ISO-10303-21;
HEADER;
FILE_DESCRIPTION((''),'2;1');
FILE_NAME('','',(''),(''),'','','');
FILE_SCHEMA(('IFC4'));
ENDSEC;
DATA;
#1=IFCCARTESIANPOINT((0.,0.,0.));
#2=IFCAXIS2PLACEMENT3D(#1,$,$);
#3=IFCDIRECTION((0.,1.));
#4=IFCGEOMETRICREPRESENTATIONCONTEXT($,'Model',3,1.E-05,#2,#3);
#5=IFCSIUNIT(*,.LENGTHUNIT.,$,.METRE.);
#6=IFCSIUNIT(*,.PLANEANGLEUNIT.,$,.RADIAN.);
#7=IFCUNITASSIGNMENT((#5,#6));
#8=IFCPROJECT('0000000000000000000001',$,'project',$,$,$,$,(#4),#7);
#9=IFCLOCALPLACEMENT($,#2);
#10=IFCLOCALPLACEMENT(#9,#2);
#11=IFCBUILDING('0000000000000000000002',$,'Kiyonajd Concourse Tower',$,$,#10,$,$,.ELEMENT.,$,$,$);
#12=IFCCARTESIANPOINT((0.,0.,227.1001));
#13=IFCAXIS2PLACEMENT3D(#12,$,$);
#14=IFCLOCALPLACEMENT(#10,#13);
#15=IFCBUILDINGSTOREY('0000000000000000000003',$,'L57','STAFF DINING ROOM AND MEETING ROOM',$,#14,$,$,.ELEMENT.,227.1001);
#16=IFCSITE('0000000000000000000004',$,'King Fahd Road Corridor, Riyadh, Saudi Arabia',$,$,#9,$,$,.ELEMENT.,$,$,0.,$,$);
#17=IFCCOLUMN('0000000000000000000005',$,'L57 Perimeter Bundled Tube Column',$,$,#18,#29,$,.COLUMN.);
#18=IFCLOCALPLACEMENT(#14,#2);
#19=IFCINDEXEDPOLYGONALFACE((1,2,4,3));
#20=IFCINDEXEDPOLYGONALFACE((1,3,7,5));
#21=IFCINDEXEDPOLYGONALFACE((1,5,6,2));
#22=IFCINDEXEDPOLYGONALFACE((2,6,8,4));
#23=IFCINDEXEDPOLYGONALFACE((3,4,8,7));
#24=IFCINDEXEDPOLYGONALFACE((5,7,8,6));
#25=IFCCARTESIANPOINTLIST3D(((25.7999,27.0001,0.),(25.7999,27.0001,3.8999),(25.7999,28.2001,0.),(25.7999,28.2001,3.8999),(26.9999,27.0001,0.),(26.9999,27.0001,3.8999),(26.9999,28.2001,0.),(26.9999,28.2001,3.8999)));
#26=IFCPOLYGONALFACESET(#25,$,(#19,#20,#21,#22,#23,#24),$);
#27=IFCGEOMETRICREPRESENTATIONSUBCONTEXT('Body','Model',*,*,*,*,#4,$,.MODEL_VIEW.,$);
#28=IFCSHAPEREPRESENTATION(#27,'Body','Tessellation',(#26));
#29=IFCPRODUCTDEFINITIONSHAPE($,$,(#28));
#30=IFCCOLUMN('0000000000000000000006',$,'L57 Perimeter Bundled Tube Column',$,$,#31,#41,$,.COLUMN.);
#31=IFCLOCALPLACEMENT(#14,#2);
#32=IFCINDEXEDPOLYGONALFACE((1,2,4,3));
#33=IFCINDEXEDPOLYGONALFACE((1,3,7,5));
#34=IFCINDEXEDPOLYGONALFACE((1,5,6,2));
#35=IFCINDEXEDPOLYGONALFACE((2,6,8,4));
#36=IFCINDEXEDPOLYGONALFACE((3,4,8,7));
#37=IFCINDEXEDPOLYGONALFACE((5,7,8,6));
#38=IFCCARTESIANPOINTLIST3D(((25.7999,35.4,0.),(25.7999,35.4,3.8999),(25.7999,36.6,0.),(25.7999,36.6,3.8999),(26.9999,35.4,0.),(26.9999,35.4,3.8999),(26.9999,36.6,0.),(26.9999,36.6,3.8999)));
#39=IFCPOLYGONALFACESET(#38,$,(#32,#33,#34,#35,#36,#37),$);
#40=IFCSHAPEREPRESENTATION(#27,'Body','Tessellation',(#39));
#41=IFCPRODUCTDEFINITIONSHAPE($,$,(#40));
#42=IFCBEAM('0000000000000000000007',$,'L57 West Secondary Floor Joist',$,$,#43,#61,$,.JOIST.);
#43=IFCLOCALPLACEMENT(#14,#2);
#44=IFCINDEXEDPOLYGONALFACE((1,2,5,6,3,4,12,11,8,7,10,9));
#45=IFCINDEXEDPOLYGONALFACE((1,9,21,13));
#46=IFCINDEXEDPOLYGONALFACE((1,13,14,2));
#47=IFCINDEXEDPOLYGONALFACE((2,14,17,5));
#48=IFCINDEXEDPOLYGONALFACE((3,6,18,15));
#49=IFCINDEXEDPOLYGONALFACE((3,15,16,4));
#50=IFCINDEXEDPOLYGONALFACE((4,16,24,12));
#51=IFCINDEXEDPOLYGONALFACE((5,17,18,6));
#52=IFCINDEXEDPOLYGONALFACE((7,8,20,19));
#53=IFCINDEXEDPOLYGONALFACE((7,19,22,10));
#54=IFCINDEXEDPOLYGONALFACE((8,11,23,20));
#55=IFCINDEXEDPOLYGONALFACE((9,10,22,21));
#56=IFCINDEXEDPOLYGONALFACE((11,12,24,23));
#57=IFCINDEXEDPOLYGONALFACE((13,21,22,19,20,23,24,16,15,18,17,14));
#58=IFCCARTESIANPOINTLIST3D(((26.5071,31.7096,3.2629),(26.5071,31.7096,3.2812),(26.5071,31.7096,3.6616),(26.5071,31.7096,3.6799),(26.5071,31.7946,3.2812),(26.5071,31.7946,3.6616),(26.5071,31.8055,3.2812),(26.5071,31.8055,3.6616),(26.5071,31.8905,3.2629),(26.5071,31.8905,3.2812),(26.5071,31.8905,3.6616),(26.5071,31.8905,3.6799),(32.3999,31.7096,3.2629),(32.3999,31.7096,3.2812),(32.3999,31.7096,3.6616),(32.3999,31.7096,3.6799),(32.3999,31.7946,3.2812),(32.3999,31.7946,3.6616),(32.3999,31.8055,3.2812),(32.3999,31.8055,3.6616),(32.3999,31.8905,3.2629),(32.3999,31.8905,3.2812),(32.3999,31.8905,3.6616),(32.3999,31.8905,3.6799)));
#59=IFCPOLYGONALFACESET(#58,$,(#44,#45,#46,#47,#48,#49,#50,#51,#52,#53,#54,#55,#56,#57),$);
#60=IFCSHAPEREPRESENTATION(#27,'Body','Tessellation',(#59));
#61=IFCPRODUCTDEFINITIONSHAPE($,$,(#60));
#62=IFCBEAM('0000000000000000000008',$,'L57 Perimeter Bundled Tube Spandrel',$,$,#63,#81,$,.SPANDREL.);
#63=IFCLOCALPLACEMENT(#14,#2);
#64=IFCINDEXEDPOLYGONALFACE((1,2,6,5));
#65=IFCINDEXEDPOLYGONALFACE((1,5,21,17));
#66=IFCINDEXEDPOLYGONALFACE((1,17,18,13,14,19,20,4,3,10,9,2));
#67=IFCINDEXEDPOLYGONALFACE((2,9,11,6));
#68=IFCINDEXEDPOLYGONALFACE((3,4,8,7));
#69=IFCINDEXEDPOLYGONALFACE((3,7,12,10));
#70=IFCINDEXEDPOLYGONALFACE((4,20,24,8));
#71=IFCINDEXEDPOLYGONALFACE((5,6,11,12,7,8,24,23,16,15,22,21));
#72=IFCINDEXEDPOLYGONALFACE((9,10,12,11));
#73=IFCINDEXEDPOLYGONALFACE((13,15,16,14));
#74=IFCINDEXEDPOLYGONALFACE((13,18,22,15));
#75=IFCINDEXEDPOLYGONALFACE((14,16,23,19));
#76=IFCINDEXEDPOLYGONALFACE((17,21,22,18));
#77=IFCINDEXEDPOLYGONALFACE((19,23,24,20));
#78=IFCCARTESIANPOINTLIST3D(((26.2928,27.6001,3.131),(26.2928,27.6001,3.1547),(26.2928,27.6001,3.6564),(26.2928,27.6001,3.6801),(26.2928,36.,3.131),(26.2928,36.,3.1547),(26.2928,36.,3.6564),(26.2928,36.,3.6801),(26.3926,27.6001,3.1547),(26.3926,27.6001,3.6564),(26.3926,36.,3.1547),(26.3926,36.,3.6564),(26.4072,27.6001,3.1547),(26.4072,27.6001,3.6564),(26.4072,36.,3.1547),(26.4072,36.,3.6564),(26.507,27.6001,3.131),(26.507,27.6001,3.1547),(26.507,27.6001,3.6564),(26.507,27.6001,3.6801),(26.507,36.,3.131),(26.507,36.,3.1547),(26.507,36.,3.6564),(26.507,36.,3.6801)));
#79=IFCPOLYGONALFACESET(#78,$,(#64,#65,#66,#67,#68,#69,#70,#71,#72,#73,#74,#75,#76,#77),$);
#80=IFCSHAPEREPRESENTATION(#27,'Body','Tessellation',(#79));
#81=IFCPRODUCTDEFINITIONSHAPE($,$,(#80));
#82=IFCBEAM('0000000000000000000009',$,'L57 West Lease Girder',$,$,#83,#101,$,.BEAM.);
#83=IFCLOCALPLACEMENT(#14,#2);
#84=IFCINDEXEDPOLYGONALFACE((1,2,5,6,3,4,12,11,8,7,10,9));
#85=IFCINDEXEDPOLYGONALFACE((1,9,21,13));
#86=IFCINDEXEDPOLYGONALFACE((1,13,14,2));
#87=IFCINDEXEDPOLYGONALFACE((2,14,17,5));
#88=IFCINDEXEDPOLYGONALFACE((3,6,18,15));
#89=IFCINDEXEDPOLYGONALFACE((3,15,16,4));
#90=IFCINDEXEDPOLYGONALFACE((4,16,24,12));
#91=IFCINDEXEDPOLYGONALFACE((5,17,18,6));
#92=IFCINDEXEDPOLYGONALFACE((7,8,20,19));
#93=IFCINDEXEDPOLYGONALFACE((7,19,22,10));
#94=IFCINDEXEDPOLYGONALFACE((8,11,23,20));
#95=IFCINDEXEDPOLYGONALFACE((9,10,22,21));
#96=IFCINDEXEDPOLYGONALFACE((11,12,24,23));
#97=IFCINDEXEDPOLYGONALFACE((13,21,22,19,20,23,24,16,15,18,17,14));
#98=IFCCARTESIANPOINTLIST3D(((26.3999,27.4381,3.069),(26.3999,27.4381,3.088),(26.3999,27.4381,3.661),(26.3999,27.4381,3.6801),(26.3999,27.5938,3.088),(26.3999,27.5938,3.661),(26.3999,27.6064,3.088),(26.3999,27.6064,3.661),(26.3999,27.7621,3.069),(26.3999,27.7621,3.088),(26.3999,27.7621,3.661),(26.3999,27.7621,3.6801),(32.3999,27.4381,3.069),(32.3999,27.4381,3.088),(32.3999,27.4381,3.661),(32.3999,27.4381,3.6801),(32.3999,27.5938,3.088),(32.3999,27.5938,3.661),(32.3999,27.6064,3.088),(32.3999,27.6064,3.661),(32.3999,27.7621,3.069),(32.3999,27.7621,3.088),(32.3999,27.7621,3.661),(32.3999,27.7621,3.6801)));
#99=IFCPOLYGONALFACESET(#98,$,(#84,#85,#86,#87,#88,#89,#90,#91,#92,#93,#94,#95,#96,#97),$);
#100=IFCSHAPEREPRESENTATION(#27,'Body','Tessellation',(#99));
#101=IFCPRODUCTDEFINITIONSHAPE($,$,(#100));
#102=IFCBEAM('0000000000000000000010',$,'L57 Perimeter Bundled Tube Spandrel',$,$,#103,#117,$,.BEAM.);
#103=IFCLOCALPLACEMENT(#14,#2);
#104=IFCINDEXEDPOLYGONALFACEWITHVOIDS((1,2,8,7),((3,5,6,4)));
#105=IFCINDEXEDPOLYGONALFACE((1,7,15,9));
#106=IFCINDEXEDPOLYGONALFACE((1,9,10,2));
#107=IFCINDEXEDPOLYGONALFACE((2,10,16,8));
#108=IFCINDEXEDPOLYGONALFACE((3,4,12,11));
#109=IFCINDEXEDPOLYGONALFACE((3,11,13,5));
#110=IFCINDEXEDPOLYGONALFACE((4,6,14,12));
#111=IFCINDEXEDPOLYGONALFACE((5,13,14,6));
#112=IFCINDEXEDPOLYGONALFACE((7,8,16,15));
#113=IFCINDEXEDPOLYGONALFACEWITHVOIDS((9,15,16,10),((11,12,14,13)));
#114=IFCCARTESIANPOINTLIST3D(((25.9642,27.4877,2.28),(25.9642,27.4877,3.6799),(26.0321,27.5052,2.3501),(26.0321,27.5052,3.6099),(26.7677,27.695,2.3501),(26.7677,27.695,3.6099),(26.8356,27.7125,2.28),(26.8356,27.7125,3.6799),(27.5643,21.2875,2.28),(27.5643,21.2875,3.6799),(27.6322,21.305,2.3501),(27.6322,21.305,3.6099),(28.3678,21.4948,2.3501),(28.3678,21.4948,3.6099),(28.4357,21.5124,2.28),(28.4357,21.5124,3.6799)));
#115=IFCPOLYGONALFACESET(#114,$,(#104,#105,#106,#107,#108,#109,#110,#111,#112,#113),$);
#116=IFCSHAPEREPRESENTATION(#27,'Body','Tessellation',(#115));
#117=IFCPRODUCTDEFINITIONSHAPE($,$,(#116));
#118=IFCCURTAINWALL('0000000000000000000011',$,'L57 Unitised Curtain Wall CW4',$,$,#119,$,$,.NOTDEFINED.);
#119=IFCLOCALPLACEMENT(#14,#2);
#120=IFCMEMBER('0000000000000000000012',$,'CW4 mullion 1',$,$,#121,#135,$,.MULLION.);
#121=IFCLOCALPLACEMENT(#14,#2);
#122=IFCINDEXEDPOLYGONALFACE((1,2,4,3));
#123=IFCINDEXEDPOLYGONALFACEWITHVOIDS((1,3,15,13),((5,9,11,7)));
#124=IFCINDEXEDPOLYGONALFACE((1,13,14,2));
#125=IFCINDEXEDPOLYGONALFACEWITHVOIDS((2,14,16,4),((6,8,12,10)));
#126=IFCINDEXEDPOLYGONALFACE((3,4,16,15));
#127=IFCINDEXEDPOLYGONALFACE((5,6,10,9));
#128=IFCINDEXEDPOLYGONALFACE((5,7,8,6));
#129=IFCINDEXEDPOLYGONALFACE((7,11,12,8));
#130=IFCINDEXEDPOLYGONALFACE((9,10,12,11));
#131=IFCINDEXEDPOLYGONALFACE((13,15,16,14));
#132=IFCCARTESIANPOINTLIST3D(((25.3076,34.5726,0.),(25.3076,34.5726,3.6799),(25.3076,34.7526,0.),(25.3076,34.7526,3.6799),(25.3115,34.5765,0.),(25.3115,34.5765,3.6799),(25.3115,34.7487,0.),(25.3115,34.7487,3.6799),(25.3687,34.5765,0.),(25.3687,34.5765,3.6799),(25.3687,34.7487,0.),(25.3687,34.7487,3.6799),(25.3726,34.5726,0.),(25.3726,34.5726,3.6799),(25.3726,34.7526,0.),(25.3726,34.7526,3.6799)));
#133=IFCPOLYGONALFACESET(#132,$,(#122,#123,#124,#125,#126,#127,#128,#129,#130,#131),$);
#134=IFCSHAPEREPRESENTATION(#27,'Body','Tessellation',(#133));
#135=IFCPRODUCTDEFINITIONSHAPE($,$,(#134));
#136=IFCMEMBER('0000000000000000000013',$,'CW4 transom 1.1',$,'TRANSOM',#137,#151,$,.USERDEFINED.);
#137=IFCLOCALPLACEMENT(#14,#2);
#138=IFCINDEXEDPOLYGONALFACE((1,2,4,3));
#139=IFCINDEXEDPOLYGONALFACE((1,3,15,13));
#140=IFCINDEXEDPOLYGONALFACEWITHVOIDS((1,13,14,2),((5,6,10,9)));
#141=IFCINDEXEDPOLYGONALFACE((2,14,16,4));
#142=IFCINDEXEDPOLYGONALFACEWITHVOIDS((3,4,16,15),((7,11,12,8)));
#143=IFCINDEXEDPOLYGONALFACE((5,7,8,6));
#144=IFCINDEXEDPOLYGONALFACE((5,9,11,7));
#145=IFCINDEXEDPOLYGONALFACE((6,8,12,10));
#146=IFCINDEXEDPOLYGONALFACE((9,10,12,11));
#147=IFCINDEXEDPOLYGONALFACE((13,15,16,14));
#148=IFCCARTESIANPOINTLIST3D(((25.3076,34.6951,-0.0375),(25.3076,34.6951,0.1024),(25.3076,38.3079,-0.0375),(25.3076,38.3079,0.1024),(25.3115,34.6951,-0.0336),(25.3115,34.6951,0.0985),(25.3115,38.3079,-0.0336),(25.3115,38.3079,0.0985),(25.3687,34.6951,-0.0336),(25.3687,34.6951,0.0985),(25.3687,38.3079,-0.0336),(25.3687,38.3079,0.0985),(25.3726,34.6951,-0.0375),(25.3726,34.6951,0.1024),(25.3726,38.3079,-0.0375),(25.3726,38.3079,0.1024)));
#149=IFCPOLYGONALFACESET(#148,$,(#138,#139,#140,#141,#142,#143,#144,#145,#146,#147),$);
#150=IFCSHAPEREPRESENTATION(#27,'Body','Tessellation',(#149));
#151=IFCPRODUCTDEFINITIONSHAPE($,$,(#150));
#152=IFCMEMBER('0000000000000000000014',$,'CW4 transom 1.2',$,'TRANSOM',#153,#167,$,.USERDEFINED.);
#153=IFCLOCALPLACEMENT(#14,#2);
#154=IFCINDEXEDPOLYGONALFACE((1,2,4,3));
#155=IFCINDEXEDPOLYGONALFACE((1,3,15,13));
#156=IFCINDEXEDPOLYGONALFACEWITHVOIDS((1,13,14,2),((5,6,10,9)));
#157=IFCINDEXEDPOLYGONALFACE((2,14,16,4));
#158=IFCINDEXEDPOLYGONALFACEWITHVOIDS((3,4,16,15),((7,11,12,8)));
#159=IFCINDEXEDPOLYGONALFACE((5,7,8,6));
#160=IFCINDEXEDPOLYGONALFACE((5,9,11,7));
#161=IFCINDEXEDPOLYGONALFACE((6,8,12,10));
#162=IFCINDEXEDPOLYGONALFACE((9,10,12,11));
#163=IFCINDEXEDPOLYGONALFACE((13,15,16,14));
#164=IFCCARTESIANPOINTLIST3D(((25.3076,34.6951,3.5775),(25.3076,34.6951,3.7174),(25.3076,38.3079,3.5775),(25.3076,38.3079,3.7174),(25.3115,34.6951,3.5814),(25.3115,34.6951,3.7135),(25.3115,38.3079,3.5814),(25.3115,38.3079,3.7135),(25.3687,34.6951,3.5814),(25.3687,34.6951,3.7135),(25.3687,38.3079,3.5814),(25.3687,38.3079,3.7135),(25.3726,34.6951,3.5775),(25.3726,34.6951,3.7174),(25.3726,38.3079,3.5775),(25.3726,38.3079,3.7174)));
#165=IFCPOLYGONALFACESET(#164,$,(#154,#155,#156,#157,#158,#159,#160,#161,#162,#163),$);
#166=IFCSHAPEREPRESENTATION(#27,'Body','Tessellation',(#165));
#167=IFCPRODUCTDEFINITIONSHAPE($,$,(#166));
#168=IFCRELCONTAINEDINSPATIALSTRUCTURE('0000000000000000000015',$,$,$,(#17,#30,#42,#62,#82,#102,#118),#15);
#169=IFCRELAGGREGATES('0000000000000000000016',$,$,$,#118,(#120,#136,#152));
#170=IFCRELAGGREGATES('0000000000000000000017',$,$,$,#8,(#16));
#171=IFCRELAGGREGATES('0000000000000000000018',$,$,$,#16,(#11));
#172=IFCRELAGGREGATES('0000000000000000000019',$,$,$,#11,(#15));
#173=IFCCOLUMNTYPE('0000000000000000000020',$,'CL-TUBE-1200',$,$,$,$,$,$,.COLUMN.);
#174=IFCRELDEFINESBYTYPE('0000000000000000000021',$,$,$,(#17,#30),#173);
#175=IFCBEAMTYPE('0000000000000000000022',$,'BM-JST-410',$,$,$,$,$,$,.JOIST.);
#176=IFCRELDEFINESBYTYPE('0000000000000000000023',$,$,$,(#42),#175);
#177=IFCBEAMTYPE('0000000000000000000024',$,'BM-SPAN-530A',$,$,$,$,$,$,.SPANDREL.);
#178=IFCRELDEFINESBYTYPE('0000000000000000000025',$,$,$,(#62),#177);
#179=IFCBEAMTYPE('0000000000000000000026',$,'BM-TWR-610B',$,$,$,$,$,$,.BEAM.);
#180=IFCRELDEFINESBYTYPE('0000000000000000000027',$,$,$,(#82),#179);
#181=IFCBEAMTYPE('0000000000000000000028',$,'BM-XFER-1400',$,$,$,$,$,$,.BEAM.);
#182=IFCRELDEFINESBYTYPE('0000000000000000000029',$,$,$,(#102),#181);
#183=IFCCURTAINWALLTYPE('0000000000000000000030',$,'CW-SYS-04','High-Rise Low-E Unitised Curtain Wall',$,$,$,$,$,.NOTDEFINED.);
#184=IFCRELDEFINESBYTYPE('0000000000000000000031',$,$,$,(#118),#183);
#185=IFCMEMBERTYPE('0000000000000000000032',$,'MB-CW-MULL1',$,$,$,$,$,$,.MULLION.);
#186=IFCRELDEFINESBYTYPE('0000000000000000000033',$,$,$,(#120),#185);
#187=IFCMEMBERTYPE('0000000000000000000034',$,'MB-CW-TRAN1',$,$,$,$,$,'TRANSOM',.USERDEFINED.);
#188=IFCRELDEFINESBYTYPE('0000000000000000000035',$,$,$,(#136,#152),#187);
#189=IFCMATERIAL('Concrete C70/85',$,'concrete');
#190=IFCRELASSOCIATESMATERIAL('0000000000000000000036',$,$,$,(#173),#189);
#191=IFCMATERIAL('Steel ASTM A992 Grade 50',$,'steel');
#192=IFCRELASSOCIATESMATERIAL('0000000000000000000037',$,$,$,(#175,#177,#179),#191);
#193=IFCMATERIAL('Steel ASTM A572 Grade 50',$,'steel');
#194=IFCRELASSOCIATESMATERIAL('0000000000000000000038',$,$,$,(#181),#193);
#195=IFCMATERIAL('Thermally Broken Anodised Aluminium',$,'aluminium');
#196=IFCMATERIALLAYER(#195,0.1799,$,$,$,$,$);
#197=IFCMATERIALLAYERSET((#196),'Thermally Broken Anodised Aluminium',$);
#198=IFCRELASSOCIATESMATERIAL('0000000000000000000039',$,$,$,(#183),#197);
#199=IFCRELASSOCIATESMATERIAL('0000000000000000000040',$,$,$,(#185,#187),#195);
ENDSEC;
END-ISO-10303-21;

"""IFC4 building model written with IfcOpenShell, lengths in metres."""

from ifc_helpers import new_model, si_unit, direction, frame, origin, origin_2d, place, context, subcontext, project, spatial, rectangle, hollow_rectangle, i_section, extrude, material, layer, layer_set, material_profile, profile_set, type_object, element, aggregate, save


model = new_model("IFC4")

# Units and contexts
model_context = context("Model", 3, precision=1e-05, world=origin(), true_north=direction((0.0, 1.0)))
body_context = subcontext(model_context, "Body", "Model", "MODEL_VIEW")
ifc_project = project(units=[si_unit("LENGTHUNIT", "METRE"), si_unit("PLANEANGLEUNIT", "RADIAN")], contexts=[model_context])

# Site, building, storey
site_placement = place(None, origin())
site = spatial("IfcSite", under=ifc_project, at=site_placement, Name="King Fahd Road Corridor, Riyadh, Saudi Arabia", CompositionType="ELEMENT", RefElevation=0.0)
building_placement = place(site_placement, origin())
building = spatial("IfcBuilding", under=site, at=building_placement, Name="Kiyonajd Concourse Tower", CompositionType="ELEMENT")
storey_placement = place(building_placement, frame((0.0, 0.0, 227.1001)))
storey = spatial("IfcBuildingStorey", under=building, at=storey_placement, Name="L57", Description="STAFF DINING ROOM AND MEETING ROOM", CompositionType="ELEMENT", Elevation=227.1001)

# Columns
ifc_material_1 = material(Name="Concrete C70/85", Category="concrete")
ifc_material_profile_1 = material_profile(ifc_material_1, rectangle(XDim=1.2, YDim=1.2, at=origin_2d()), Name="RC-1200x1200")
ifc_profile_set_1 = profile_set([ifc_material_profile_1], Name="Concrete C70/85")
column_type = type_object("IfcColumnType", Name="CL-TUBE-1200", PredefinedType="COLUMN", material=ifc_profile_set_1)
for number, where, z_axis, x_axis, name in (
    (1, (26.3999, 27.6001, 0.0), (0.0, 0.0, 1.0), (1.0, 0.0, 0.0), "L57 Perimeter Bundled Tube Column"),
    (2, (26.3999, 36.0, 0.0), (0.0, 0.0, 1.0), (1.0, 0.0, 0.0), "L57 Perimeter Bundled Tube Column"),
):
    element("IfcColumn", number, at=place(storey_placement, frame(where, z_axis=z_axis, x_axis=x_axis)), inside=storey, type_object=column_type, Name=name, PredefinedType="COLUMN", context=body_context, shape_type="SweptSolid", body=[
        extrude(rectangle(XDim=1.2, YDim=1.2, at=origin_2d()), origin(), (0.0, 0.0, 1.0), 3.8999),
    ])

# Beams
ifc_material_2 = material(Name="Steel ASTM A992 Grade 50", Category="steel")
ifc_material_profile_2 = material_profile(ifc_material_2, i_section(OverallWidth=0.1809, OverallDepth=0.417, WebThickness=0.011, FlangeThickness=0.0183, at=origin_2d()), Name="W410X85")
ifc_profile_set_2 = profile_set([ifc_material_profile_2], Name="Steel ASTM A992 Grade 50")
beam_type_1 = type_object("IfcBeamType", Name="BM-JST-410", PredefinedType="JOIST", material=ifc_profile_set_2)
beam_1_placement = place(storey_placement, frame((26.5071, 31.8, 3.4714), z_axis=(1.0, 0.0, 0.0), x_axis=(0.0, 1.0, 0.0)))
element("IfcBeam", 3, at=beam_1_placement, inside=storey, type_object=beam_type_1, Name="L57 West Secondary Floor Joist", PredefinedType="JOIST", context=body_context, shape_type="SweptSolid", body=[
    extrude(i_section(OverallWidth=0.1809, OverallDepth=0.417, WebThickness=0.011, FlangeThickness=0.0183, at=origin_2d()), origin(), (0.0, 0.0, 1.0), 5.8928),
])
ifc_material_profile_3 = material_profile(ifc_material_2, i_section(OverallWidth=0.2141, OverallDepth=0.5491, WebThickness=0.0146, FlangeThickness=0.0237, at=origin_2d()), Name="W530X138")
ifc_profile_set_3 = profile_set([ifc_material_profile_3], Name="Steel ASTM A992 Grade 50")
beam_type_2 = type_object("IfcBeamType", Name="BM-SPAN-530A", PredefinedType="SPANDREL", material=ifc_profile_set_3)
beam_2_placement = place(storey_placement, frame((26.3999, 36.0, 3.4055), z_axis=(0.0, -1.0, 0.0), x_axis=(1.0, 0.0, 0.0)))
element("IfcBeam", 4, at=beam_2_placement, inside=storey, type_object=beam_type_2, Name="L57 Perimeter Bundled Tube Spandrel", PredefinedType="SPANDREL", context=body_context, shape_type="SweptSolid", body=[
    extrude(i_section(OverallWidth=0.2141, OverallDepth=0.5491, WebThickness=0.0146, FlangeThickness=0.0237, at=origin_2d()), origin(), (0.0, 0.0, 1.0), 8.3999),
])
ifc_material_profile_4 = material_profile(ifc_material_2, i_section(OverallWidth=0.324, OverallDepth=0.6111, WebThickness=0.0127, FlangeThickness=0.019, at=origin_2d()), Name="W610X155")
ifc_profile_set_4 = profile_set([ifc_material_profile_4], Name="Steel ASTM A992 Grade 50")
beam_type_3 = type_object("IfcBeamType", Name="BM-TWR-610B", PredefinedType="BEAM", material=ifc_profile_set_4)
beam_3_placement = place(storey_placement, frame((26.3999, 27.6001, 3.3745), z_axis=(1.0, 0.0, 0.0), x_axis=(0.0, 1.0, 0.0)))
element("IfcBeam", 5, at=beam_3_placement, inside=storey, type_object=beam_type_3, Name="L57 West Lease Girder", PredefinedType="BEAM", context=body_context, shape_type="SweptSolid", body=[
    extrude(i_section(OverallWidth=0.324, OverallDepth=0.6111, WebThickness=0.0127, FlangeThickness=0.019, at=origin_2d()), origin(), (0.0, 0.0, 1.0), 6.0),
])
ifc_material_3 = material(Name="Steel ASTM A572 Grade 50", Category="steel")
ifc_material_profile_5 = material_profile(ifc_material_3, hollow_rectangle(XDim=0.8999, YDim=1.3999, WallThickness=0.0701, at=origin_2d()), Name="BOX-1400x900x70")
ifc_profile_set_5 = profile_set([ifc_material_profile_5], Name="Steel ASTM A572 Grade 50")
beam_type_4 = type_object("IfcBeamType", Name="BM-XFER-1400", PredefinedType="BEAM", material=ifc_profile_set_5)
beam_4_placement = place(storey_placement, frame((26.3999, 27.6001, 2.98), z_axis=(0.249885, -0.968276, 0.0), x_axis=(0.968276, 0.249885, 0.0)))
element("IfcBeam", 6, at=beam_4_placement, inside=storey, type_object=beam_type_4, Name="L57 Perimeter Bundled Tube Spandrel", PredefinedType="BEAM", context=body_context, shape_type="SweptSolid", body=[
    extrude(hollow_rectangle(XDim=0.8999, YDim=1.3999, WallThickness=0.0701, at=origin_2d()), origin(), (0.0, 0.0, 1.0), 6.4033),
])

# Curtain wall, members
ifc_material_4 = material(Name="Thermally Broken Anodised Aluminium", Category="aluminium")
ifc_layer_1 = layer(ifc_material_4, 0.1799)
ifc_layer_set_1 = layer_set([ifc_layer_1], Name="Thermally Broken Anodised Aluminium")
curtain_wall_type = type_object("IfcCurtainWallType", Name="CW-SYS-04", Description="High-Rise Low-E Unitised Curtain Wall", PredefinedType="NOTDEFINED", material=ifc_layer_set_1)
curtain_wall_placement = place(storey_placement, origin())
curtain_wall = element("IfcCurtainWall", 7, at=curtain_wall_placement, inside=storey, type_object=curtain_wall_type, Name="L57 Unitised Curtain Wall CW4", PredefinedType="NOTDEFINED")
ifc_material_profile_6 = material_profile(ifc_material_4, hollow_rectangle(XDim=0.0649, YDim=0.1799, WallThickness=0.0039, at=origin_2d()), Name="MULL-65x180")
ifc_profile_set_6 = profile_set([ifc_material_profile_6], Name="Thermally Broken Anodised Aluminium")
member_type_1 = type_object("IfcMemberType", Name="MB-CW-MULL1", PredefinedType="MULLION", material=ifc_profile_set_6)
member_1_placement = place(storey_placement, frame((25.3401, 34.6626, 0.0), z_axis=(0.0, 0.0, 1.0), x_axis=(-1.0, 0.0, 0.0)))
member_1 = element("IfcMember", 8, at=member_1_placement, type_object=member_type_1, Name="CW4 mullion 1", PredefinedType="MULLION", context=body_context, shape_type="SweptSolid", body=[
    extrude(hollow_rectangle(XDim=0.0649, YDim=0.1799, WallThickness=0.0039, at=origin_2d()), origin(), (0.0, 0.0, 1.0), 3.6799),
])
ifc_material_profile_7 = material_profile(ifc_material_4, hollow_rectangle(XDim=0.0649, YDim=0.1399, WallThickness=0.0039, at=origin_2d()), Name="TRAN-65x140")
ifc_profile_set_7 = profile_set([ifc_material_profile_7], Name="Thermally Broken Anodised Aluminium")
member_type_2 = type_object("IfcMemberType", Name="MB-CW-TRAN1", ElementType="TRANSOM", PredefinedType="USERDEFINED", material=ifc_profile_set_7)
member_2_placement = place(storey_placement, frame((25.3401, 34.6951, 0.0325), z_axis=(0.0, 1.0, 0.0), x_axis=(-1.0, 0.0, 0.0)))
member_2 = element("IfcMember", 9, at=member_2_placement, type_object=member_type_2, Name="CW4 transom 1.1", ObjectType="TRANSOM", PredefinedType="USERDEFINED", context=body_context, shape_type="SweptSolid", body=[
    extrude(hollow_rectangle(XDim=0.0649, YDim=0.1399, WallThickness=0.0039, at=origin_2d()), origin(), (0.0, 0.0, 1.0), 3.6128),
])
member_3_placement = place(storey_placement, frame((25.3401, 34.6951, 3.6475), z_axis=(0.0, 1.0, 0.0), x_axis=(-1.0, 0.0, 0.0)))
member_3 = element("IfcMember", 10, at=member_3_placement, type_object=member_type_2, Name="CW4 transom 1.2", ObjectType="TRANSOM", PredefinedType="USERDEFINED", context=body_context, shape_type="SweptSolid", body=[
    extrude(hollow_rectangle(XDim=0.0649, YDim=0.1399, WallThickness=0.0039, at=origin_2d()), origin(), (0.0, 0.0, 1.0), 3.6128),
])
aggregate(curtain_wall, [member_1, member_2, member_3])

save(model, "model.ifc")
